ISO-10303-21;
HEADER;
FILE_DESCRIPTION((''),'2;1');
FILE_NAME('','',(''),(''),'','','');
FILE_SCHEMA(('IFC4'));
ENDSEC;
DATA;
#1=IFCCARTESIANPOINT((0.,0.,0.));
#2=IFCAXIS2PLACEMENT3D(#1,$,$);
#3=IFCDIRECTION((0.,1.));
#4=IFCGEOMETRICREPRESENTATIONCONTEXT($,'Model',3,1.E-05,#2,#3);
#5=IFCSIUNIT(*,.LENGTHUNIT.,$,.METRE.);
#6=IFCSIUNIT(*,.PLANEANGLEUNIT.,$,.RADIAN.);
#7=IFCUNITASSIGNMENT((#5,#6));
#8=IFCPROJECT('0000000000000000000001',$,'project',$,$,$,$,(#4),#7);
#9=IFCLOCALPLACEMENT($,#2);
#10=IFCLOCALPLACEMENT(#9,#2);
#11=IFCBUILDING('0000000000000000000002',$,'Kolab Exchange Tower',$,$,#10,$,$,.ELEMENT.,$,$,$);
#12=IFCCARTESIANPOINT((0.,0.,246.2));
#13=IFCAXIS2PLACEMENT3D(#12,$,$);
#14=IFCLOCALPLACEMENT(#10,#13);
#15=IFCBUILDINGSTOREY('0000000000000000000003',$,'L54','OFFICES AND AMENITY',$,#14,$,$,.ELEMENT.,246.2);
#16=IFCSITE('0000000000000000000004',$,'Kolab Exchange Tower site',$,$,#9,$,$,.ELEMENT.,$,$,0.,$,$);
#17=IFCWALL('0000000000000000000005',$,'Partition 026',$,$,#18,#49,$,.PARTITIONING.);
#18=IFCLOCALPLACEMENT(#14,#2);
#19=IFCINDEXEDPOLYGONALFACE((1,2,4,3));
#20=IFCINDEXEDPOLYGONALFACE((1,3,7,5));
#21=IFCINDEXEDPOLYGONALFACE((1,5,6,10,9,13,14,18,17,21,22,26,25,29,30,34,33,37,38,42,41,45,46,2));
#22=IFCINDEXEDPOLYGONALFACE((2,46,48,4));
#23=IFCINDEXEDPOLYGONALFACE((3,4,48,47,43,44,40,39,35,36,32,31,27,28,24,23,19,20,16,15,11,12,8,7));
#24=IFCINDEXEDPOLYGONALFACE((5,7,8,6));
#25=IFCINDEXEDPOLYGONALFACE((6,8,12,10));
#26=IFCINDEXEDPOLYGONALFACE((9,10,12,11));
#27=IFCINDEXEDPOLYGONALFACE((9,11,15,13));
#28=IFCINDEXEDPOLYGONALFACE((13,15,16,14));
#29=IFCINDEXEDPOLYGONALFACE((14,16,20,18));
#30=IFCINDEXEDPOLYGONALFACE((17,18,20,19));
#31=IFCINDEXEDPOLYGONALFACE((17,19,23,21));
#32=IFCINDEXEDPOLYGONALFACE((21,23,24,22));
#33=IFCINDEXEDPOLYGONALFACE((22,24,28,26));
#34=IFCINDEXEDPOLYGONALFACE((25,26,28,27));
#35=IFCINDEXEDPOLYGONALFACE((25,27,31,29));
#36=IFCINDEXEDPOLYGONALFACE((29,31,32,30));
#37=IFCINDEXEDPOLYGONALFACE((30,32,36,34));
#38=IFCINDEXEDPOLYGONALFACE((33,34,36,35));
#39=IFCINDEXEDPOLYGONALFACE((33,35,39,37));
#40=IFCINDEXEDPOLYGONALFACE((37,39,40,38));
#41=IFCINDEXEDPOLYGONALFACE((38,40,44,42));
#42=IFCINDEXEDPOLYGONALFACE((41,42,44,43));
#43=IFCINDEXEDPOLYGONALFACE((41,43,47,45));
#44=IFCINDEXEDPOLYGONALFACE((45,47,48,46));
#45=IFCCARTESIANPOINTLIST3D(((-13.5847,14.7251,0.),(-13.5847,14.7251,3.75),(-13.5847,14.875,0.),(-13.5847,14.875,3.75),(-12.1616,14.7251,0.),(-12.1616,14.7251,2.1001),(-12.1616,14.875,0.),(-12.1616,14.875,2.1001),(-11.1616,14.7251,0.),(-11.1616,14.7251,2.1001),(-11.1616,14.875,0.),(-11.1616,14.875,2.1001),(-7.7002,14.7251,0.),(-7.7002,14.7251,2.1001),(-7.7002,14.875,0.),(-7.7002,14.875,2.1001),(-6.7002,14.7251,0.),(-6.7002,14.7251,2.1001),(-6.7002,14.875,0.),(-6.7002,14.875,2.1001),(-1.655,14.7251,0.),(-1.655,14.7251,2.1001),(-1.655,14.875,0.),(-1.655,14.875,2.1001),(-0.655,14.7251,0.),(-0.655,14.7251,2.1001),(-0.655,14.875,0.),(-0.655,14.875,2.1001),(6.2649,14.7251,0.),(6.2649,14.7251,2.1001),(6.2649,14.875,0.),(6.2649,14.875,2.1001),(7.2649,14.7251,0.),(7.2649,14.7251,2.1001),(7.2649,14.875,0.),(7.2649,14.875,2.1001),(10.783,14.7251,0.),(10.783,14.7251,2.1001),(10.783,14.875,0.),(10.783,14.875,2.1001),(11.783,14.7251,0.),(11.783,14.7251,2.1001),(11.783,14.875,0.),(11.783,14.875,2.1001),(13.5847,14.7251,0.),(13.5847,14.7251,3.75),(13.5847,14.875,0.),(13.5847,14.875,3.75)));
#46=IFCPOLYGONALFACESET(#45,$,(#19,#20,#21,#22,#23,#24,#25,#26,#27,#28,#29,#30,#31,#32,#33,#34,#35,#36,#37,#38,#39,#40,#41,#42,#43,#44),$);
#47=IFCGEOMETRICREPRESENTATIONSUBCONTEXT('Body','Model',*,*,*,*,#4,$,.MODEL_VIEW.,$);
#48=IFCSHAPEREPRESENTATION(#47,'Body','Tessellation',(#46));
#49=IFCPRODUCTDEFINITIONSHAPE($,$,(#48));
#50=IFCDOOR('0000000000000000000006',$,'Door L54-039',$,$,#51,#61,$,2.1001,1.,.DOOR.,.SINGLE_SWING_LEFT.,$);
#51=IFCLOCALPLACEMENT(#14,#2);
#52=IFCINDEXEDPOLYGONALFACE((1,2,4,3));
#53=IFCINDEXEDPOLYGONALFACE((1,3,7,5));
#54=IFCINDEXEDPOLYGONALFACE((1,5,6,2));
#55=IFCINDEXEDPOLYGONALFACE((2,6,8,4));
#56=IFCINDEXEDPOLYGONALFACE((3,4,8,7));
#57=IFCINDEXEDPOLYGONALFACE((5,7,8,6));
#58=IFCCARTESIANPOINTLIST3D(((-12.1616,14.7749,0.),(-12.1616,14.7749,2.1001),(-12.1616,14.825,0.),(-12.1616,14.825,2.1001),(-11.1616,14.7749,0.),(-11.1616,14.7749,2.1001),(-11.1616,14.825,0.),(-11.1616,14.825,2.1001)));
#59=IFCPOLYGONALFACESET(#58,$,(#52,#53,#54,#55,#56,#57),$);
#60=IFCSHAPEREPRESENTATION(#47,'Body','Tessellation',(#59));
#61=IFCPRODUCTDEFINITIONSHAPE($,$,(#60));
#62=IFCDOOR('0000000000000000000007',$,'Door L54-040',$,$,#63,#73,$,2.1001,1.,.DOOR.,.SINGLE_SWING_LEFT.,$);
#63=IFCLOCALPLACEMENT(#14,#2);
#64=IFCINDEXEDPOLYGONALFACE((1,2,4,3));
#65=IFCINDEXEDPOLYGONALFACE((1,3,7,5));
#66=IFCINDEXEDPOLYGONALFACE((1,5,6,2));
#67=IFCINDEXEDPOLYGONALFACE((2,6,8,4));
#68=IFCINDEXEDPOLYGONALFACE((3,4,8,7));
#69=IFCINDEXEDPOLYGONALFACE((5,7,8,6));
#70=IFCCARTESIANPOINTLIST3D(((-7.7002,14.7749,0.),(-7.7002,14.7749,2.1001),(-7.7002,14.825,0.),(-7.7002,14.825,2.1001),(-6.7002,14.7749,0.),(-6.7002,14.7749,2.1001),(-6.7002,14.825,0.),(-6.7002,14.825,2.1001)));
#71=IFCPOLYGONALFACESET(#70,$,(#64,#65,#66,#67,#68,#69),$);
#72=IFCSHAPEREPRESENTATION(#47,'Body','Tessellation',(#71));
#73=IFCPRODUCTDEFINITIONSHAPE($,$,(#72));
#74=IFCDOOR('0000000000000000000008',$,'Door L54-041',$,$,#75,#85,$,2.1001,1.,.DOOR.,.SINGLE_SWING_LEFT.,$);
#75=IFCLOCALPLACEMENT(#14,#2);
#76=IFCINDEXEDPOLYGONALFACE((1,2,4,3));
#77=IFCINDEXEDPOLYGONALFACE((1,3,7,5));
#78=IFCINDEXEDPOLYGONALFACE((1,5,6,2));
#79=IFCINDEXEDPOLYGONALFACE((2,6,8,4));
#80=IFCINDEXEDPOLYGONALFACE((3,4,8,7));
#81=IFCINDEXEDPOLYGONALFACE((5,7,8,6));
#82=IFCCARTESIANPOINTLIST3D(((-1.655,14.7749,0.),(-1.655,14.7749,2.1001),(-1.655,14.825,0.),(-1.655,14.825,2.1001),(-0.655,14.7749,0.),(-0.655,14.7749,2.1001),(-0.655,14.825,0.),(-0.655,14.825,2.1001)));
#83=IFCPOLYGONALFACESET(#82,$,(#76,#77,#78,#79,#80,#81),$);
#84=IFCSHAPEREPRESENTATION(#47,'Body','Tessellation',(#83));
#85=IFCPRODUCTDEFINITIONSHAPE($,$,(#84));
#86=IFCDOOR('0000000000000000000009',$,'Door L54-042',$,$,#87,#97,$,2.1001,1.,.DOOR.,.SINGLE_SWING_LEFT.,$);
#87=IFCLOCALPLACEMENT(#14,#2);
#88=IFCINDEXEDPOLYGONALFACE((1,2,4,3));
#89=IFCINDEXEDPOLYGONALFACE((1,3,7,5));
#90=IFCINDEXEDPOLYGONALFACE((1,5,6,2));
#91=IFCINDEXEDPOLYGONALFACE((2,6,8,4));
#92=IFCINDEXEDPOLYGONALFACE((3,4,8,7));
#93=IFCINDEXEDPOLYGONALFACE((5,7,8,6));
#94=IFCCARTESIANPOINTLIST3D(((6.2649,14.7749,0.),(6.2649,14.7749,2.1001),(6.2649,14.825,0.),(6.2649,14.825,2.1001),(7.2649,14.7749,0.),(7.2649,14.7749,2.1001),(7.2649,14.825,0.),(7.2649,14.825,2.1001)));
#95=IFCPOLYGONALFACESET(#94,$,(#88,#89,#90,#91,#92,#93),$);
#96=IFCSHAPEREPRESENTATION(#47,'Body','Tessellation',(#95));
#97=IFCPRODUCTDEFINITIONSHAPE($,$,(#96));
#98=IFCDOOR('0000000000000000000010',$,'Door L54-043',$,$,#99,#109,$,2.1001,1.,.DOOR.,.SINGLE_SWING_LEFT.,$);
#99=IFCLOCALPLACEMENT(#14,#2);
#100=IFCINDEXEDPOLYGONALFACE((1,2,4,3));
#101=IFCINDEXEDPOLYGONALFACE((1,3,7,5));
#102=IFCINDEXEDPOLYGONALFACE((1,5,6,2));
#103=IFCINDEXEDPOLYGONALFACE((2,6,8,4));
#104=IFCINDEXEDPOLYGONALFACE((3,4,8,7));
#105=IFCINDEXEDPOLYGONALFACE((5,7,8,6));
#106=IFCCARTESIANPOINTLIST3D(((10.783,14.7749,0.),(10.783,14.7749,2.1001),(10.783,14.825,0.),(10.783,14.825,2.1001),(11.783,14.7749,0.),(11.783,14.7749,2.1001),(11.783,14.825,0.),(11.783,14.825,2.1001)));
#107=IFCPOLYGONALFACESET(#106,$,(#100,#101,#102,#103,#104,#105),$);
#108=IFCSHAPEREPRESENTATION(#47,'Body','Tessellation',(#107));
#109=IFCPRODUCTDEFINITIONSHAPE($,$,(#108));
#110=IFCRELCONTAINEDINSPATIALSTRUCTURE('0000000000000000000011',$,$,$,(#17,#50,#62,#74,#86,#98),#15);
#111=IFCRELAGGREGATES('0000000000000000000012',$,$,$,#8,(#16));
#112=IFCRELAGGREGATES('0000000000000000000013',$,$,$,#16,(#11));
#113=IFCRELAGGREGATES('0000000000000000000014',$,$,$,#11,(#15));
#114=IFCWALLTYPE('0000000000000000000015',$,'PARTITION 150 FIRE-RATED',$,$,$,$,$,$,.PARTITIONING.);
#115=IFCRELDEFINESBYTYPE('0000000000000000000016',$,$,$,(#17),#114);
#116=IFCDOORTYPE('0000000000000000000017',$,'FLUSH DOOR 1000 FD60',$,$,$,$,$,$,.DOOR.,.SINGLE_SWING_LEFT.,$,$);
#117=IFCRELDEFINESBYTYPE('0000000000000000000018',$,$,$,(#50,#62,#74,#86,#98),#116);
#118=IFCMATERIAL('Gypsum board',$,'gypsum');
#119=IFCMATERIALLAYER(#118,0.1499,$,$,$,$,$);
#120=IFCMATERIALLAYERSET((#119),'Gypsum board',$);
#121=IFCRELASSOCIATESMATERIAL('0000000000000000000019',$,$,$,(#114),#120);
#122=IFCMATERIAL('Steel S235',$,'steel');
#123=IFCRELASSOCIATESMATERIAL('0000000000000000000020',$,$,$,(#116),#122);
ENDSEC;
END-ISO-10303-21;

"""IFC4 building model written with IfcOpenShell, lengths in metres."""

from ifc_helpers import new_model, si_unit, direction, frame, frame_2d, origin, place, context, subcontext, project, spatial, rectangle, extrude, material, layer, layer_set, type_object, element, fill, save


model = new_model("IFC4")

# Units and contexts
model_context = context("Model", 3, precision=1e-05, world=origin(), true_north=direction((0.0, 1.0)))
body_context = subcontext(model_context, "Body", "Model", "MODEL_VIEW")
ifc_project = project(units=[si_unit("LENGTHUNIT", "METRE"), si_unit("PLANEANGLEUNIT", "RADIAN")], contexts=[model_context])

# Site, building, storey
site_placement = place(None, origin())
site = spatial("IfcSite", under=ifc_project, at=site_placement, Name="Kolab Exchange Tower site", CompositionType="ELEMENT", RefElevation=0.0)
building_placement = place(site_placement, origin())
building = spatial("IfcBuilding", under=site, at=building_placement, Name="Kolab Exchange Tower", CompositionType="ELEMENT")
storey_placement = place(building_placement, frame((0.0, 0.0, 246.2)))
storey = spatial("IfcBuildingStorey", under=building, at=storey_placement, Name="L54", Description="OFFICES AND AMENITY", CompositionType="ELEMENT", Elevation=246.2)

# Shared definitions
ifc_material_1 = material(Name="Gypsum board", Category="gypsum")

# Wall, openings, doors
ifc_layer_1 = layer(ifc_material_1, 0.1499)
ifc_layer_set_1 = layer_set([ifc_layer_1], Name="Gypsum board")
wall_type_1 = type_object("IfcWallType", Name="PARTITION 150 FIRE-RATED", PredefinedType="PARTITIONING", material=ifc_layer_set_1)
ifc_material_2 = material(Name="Steel S235", Category="steel")
door_type_1 = type_object("IfcDoorType", Name="FLUSH DOOR 1000 FD60", OperationType="SINGLE_SWING_LEFT", PredefinedType="DOOR", material=ifc_material_2)
wall_1_placement = place(storey_placement, frame((-13.5847, 14.8, 0.0), z_axis=(0.0, 0.0, 1.0), x_axis=(1.0, 0.0, 0.0)))
wall_1 = element("IfcWall", 1, at=wall_1_placement, inside=storey, type_object=wall_type_1, Name="Partition 026", PredefinedType="PARTITIONING", context=body_context, shape_type="SweptSolid", body=[
    extrude(rectangle(XDim=27.1694, YDim=0.1499, at=frame_2d((13.5847, 0.0))), origin(), (0.0, 0.0, 1.0), 3.75),
])
opening_1_placement = place(wall_1_placement, frame((1.4231, 0.0, 0.0)))
opening_1 = element("IfcOpeningElement", 2, at=opening_1_placement, cuts=wall_1, PredefinedType="OPENING", context=body_context, shape_type="SweptSolid", body=[
    extrude(rectangle(XDim=1.0, YDim=2.1001, at=frame_2d((0.5, 1.05))), frame((0.0, 0.085, 0.0), z_axis=(0.0, -1.0, 0.0), x_axis=(1.0, 0.0, 0.0)), (0.0, 0.0, 1.0), 0.1699),
])
opening_2_placement = place(wall_1_placement, frame((5.8845, 0.0, 0.0)))
opening_2 = element("IfcOpeningElement", 3, at=opening_2_placement, cuts=wall_1, PredefinedType="OPENING", context=body_context, shape_type="SweptSolid", body=[
    extrude(rectangle(XDim=1.0, YDim=2.1001, at=frame_2d((0.5, 1.05))), frame((0.0, 0.085, 0.0), z_axis=(0.0, -1.0, 0.0), x_axis=(1.0, 0.0, 0.0)), (0.0, 0.0, 1.0), 0.1699),
])
opening_3_placement = place(wall_1_placement, frame((11.9297, 0.0, 0.0)))
opening_3 = element("IfcOpeningElement", 4, at=opening_3_placement, cuts=wall_1, PredefinedType="OPENING", context=body_context, shape_type="SweptSolid", body=[
    extrude(rectangle(XDim=1.0, YDim=2.1001, at=frame_2d((0.5, 1.05))), frame((0.0, 0.085, 0.0), z_axis=(0.0, -1.0, 0.0), x_axis=(1.0, 0.0, 0.0)), (0.0, 0.0, 1.0), 0.1699),
])
opening_4_placement = place(wall_1_placement, frame((19.8496, 0.0, 0.0)))
opening_4 = element("IfcOpeningElement", 5, at=opening_4_placement, cuts=wall_1, PredefinedType="OPENING", context=body_context, shape_type="SweptSolid", body=[
    extrude(rectangle(XDim=1.0, YDim=2.1001, at=frame_2d((0.5, 1.05))), frame((0.0, 0.085, 0.0), z_axis=(0.0, -1.0, 0.0), x_axis=(1.0, 0.0, 0.0)), (0.0, 0.0, 1.0), 0.1699),
])
opening_5_placement = place(wall_1_placement, frame((24.3677, 0.0, 0.0)))
opening_5 = element("IfcOpeningElement", 6, at=opening_5_placement, cuts=wall_1, PredefinedType="OPENING", context=body_context, shape_type="SweptSolid", body=[
    extrude(rectangle(XDim=1.0, YDim=2.1001, at=frame_2d((0.5, 1.05))), frame((0.0, 0.085, 0.0), z_axis=(0.0, -1.0, 0.0), x_axis=(1.0, 0.0, 0.0)), (0.0, 0.0, 1.0), 0.1699),
])
door_1_placement = place(opening_1_placement, origin())
door_1 = element("IfcDoor", 7, at=door_1_placement, inside=storey, type_object=door_type_1, Name="Door L54-039", OperationType="SINGLE_SWING_LEFT", OverallHeight=2.1001, OverallWidth=1.0, PredefinedType="DOOR", context=body_context, shape_type="SweptSolid", body=[
    extrude(rectangle(XDim=1.0, YDim=2.1001, at=frame_2d((0.5, 1.05))), frame((0.0, 0.0249, 0.0), z_axis=(0.0, -1.0, 0.0), x_axis=(1.0, 0.0, 0.0)), (0.0, 0.0, 1.0), 0.05),
])
fill(opening_1, door_1)
door_2_placement = place(opening_2_placement, origin())
door_2 = element("IfcDoor", 8, at=door_2_placement, inside=storey, type_object=door_type_1, Name="Door L54-040", OperationType="SINGLE_SWING_LEFT", OverallHeight=2.1001, OverallWidth=1.0, PredefinedType="DOOR", context=body_context, shape_type="SweptSolid", body=[
    extrude(rectangle(XDim=1.0, YDim=2.1001, at=frame_2d((0.5, 1.05))), frame((0.0, 0.0249, 0.0), z_axis=(0.0, -1.0, 0.0), x_axis=(1.0, 0.0, 0.0)), (0.0, 0.0, 1.0), 0.05),
])
fill(opening_2, door_2)
door_3_placement = place(opening_3_placement, origin())
door_3 = element("IfcDoor", 9, at=door_3_placement, inside=storey, type_object=door_type_1, Name="Door L54-041", OperationType="SINGLE_SWING_LEFT", OverallHeight=2.1001, OverallWidth=1.0, PredefinedType="DOOR", context=body_context, shape_type="SweptSolid", body=[
    extrude(rectangle(XDim=1.0, YDim=2.1001, at=frame_2d((0.5, 1.05))), frame((0.0, 0.0249, 0.0), z_axis=(0.0, -1.0, 0.0), x_axis=(1.0, 0.0, 0.0)), (0.0, 0.0, 1.0), 0.05),
])
fill(opening_3, door_3)
door_4_placement = place(opening_4_placement, origin())
door_4 = element("IfcDoor", 10, at=door_4_placement, inside=storey, type_object=door_type_1, Name="Door L54-042", OperationType="SINGLE_SWING_LEFT", OverallHeight=2.1001, OverallWidth=1.0, PredefinedType="DOOR", context=body_context, shape_type="SweptSolid", body=[
    extrude(rectangle(XDim=1.0, YDim=2.1001, at=frame_2d((0.5, 1.05))), frame((0.0, 0.0249, 0.0), z_axis=(0.0, -1.0, 0.0), x_axis=(1.0, 0.0, 0.0)), (0.0, 0.0, 1.0), 0.05),
])
fill(opening_4, door_4)
door_5_placement = place(opening_5_placement, origin())
door_5 = element("IfcDoor", 11, at=door_5_placement, inside=storey, type_object=door_type_1, Name="Door L54-043", OperationType="SINGLE_SWING_LEFT", OverallHeight=2.1001, OverallWidth=1.0, PredefinedType="DOOR", context=body_context, shape_type="SweptSolid", body=[
    extrude(rectangle(XDim=1.0, YDim=2.1001, at=frame_2d((0.5, 1.05))), frame((0.0, 0.0249, 0.0), z_axis=(0.0, -1.0, 0.0), x_axis=(1.0, 0.0, 0.0)), (0.0, 0.0, 1.0), 0.05),
])
fill(opening_5, door_5)

save(model, "model.ifc")
